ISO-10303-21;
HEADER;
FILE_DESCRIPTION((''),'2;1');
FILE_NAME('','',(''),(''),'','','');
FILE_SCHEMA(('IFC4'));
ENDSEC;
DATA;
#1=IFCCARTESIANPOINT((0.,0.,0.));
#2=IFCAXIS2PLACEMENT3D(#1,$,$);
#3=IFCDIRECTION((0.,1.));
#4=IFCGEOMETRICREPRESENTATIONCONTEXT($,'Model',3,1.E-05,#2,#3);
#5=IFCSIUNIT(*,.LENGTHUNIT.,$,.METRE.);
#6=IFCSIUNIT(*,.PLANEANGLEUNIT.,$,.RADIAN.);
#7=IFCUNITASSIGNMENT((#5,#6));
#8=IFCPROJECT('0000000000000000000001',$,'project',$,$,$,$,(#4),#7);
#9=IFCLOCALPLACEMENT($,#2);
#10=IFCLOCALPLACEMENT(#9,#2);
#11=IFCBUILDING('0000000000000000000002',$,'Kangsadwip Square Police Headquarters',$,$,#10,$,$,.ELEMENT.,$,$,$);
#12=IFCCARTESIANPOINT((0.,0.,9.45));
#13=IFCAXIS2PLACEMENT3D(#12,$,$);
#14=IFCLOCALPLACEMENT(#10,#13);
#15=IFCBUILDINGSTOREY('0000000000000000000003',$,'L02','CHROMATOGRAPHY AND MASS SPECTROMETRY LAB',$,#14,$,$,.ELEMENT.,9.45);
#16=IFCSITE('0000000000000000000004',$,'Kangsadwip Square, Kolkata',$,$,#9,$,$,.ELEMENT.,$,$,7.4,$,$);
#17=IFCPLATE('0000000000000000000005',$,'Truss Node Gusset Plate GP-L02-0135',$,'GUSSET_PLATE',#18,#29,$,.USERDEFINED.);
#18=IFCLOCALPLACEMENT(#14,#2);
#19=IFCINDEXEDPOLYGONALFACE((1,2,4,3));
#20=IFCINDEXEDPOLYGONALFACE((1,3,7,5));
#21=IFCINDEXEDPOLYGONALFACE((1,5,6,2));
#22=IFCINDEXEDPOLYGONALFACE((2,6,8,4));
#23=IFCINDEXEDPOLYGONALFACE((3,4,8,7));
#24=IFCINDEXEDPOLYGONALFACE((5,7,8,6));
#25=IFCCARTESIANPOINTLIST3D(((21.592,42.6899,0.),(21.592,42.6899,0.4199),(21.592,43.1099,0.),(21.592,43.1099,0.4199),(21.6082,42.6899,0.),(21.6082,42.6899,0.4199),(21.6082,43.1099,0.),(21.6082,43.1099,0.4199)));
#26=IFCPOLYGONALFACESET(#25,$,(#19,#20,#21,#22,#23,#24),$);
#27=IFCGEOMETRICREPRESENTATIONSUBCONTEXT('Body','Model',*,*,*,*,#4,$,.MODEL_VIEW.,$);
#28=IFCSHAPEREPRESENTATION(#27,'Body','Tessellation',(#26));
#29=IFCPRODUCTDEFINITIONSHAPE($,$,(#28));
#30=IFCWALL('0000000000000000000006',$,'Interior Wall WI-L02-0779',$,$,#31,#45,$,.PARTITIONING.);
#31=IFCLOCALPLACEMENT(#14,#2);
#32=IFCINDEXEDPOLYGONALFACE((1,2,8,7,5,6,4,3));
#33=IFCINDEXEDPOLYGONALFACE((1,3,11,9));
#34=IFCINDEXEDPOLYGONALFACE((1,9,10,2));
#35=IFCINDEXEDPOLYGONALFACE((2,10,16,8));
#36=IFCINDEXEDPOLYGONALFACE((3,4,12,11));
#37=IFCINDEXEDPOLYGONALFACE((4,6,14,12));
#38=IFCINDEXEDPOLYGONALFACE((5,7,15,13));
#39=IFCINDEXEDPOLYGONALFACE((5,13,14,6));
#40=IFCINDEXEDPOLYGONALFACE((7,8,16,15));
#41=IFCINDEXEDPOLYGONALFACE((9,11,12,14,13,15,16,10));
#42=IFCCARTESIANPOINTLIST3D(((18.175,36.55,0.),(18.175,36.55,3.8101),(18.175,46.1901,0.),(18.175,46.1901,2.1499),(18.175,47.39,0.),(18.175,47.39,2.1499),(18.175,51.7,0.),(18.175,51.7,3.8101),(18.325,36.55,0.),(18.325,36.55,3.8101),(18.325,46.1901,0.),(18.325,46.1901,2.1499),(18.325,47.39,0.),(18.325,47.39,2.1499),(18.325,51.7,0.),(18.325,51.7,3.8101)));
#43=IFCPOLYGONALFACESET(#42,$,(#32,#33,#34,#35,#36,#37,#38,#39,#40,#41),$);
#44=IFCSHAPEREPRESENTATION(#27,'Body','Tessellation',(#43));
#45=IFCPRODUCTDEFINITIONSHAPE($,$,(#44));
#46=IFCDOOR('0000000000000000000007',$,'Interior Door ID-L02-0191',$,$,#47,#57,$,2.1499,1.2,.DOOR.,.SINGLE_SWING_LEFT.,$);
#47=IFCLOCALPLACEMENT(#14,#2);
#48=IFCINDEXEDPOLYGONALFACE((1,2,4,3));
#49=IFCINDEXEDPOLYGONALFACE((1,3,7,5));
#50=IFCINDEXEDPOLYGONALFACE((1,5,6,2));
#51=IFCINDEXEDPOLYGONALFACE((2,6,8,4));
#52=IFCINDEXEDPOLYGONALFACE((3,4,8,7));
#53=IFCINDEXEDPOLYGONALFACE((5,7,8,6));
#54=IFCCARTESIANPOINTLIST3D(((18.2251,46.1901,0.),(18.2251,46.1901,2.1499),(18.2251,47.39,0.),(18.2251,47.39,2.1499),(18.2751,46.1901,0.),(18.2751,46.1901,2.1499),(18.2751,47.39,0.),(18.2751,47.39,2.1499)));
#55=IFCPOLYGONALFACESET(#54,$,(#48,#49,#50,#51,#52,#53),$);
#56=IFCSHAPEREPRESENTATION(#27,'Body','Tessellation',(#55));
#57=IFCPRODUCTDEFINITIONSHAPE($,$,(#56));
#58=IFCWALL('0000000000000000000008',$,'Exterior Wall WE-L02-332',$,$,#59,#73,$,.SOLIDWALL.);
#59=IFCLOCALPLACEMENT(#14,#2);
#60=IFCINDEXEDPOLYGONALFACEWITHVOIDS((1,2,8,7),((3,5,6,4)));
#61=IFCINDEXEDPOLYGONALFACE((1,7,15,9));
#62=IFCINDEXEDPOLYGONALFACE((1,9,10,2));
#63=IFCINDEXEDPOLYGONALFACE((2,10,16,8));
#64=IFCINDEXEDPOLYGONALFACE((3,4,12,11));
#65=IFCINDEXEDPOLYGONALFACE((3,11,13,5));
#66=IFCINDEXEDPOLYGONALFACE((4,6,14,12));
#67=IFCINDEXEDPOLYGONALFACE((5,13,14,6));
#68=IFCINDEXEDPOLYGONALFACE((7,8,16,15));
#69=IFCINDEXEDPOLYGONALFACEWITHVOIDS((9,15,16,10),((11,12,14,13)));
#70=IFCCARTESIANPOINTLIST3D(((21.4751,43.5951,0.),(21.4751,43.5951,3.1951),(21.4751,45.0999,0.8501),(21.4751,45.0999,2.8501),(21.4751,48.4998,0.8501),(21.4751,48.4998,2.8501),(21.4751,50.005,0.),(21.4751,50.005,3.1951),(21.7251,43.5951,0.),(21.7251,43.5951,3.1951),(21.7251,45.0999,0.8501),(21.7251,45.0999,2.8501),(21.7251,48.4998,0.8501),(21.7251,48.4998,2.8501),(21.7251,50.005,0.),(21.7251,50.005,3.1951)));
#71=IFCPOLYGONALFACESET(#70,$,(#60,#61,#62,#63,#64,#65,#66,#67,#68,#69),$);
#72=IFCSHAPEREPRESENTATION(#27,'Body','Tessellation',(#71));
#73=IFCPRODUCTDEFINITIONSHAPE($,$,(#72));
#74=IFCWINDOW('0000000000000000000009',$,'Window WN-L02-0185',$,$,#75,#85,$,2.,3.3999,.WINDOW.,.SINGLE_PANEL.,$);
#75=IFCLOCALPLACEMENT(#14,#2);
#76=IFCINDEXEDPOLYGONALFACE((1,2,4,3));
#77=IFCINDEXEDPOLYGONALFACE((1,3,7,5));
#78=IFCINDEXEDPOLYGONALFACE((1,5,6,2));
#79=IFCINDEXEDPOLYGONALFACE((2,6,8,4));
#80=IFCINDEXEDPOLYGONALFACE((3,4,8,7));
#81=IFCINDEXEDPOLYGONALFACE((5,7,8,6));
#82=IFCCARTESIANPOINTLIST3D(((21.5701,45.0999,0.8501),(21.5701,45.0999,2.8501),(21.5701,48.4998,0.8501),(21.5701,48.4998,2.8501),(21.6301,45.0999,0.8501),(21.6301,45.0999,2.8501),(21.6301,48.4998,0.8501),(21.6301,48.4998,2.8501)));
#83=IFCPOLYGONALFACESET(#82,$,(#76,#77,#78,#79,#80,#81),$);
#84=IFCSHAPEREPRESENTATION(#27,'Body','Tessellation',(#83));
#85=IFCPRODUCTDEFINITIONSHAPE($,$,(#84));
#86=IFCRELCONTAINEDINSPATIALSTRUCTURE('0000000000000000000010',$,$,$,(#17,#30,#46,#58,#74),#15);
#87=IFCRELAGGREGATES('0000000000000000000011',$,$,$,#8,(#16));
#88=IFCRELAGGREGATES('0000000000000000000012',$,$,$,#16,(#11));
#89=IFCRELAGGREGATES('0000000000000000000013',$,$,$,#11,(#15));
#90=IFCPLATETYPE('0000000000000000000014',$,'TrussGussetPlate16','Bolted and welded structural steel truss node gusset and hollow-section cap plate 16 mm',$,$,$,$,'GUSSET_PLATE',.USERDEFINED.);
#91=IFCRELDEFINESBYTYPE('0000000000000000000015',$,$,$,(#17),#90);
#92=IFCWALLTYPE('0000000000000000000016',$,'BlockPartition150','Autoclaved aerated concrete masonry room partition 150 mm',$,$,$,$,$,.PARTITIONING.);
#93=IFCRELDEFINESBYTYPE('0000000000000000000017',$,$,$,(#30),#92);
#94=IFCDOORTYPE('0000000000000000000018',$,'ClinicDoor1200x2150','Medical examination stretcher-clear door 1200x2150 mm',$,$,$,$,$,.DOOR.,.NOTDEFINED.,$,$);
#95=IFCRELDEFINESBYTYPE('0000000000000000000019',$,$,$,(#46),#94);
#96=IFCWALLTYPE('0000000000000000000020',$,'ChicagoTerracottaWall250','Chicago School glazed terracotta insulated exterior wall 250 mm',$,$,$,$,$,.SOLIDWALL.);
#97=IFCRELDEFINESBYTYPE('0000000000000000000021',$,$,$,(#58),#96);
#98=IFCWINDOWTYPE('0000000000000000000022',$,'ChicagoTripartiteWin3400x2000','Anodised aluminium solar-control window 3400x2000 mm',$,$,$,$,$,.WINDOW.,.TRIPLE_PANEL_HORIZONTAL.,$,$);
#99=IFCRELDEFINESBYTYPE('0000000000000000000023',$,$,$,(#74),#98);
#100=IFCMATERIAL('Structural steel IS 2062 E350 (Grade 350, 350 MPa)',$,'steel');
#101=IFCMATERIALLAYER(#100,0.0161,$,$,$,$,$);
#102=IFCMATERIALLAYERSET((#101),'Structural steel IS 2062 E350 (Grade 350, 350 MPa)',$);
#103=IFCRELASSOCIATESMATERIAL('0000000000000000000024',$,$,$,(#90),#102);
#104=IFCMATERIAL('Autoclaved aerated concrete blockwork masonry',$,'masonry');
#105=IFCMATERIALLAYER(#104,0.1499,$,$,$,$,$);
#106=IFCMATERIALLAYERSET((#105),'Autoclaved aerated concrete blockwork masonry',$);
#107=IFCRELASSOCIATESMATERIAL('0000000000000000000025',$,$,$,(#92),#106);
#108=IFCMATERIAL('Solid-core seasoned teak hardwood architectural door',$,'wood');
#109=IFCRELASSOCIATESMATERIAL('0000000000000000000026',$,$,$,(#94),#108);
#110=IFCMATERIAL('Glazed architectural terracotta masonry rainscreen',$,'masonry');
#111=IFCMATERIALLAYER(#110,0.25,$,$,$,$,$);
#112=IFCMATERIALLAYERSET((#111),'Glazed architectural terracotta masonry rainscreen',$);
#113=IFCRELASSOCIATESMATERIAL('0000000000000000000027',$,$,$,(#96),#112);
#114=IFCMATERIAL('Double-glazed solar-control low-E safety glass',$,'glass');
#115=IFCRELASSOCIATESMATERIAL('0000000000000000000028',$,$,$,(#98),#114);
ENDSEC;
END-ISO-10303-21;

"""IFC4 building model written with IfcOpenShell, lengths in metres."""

from ifc_helpers import new_model, si_unit, direction, frame, frame_2d, origin, origin_2d, place, context, subcontext, project, spatial, rectangle, extrude, material, layer, layer_set, type_object, element, fill, save


model = new_model("IFC4")

# Units and contexts
model_context = context("Model", 3, precision=1e-05, world=origin(), true_north=direction((0.0, 1.0)))
body_context = subcontext(model_context, "Body", "Model", "MODEL_VIEW")
ifc_project = project(units=[si_unit("LENGTHUNIT", "METRE"), si_unit("PLANEANGLEUNIT", "RADIAN")], contexts=[model_context])

# Site, building, storey
site_placement = place(None, origin())
site = spatial("IfcSite", under=ifc_project, at=site_placement, Name="Kangsadwip Square, Kolkata", CompositionType="ELEMENT", RefElevation=7.4)
building_placement = place(site_placement, origin())
building = spatial("IfcBuilding", under=site, at=building_placement, Name="Kangsadwip Square Police Headquarters", CompositionType="ELEMENT")
storey_placement = place(building_placement, frame((0.0, 0.0, 9.45)))
storey = spatial("IfcBuildingStorey", under=building, at=storey_placement, Name="L02", Description="CHROMATOGRAPHY AND MASS SPECTROMETRY LAB", CompositionType="ELEMENT", Elevation=9.45)

# Plate
ifc_material_1 = material(Name="Structural steel IS 2062 E350 (Grade 350, 350 MPa)", Category="steel")
ifc_layer_1 = layer(ifc_material_1, 0.0161)
ifc_layer_set_1 = layer_set([ifc_layer_1], Name="Structural steel IS 2062 E350 (Grade 350, 350 MPa)")
plate_type = type_object("IfcPlateType", Name="TrussGussetPlate16", Description="Bolted and welded structural steel truss node gusset and hollow-section cap plate 16 mm", ElementType="GUSSET_PLATE", PredefinedType="USERDEFINED", material=ifc_layer_set_1)
for number, where, z_axis, x_axis, name in (
    (1, (21.6001, 42.8999, 0.0), (0.0, 0.0, 1.0), (0.0, 1.0, 0.0), "Truss Node Gusset Plate GP-L02-0135"),
):
    element("IfcPlate", number, at=place(storey_placement, frame(where, z_axis=z_axis, x_axis=x_axis)), inside=storey, type_object=plate_type, Name=name, ObjectType="GUSSET_PLATE", PredefinedType="USERDEFINED", context=body_context, shape_type="SweptSolid", body=[
        extrude(rectangle(XDim=0.4199, YDim=0.0161, at=origin_2d()), origin(), (0.0, 0.0, 1.0), 0.4199),
    ])

# Wall, opening, door
ifc_material_2 = material(Name="Autoclaved aerated concrete blockwork masonry", Category="masonry")
ifc_layer_2 = layer(ifc_material_2, 0.1499)
ifc_layer_set_2 = layer_set([ifc_layer_2], Name="Autoclaved aerated concrete blockwork masonry")
wall_type_1 = type_object("IfcWallType", Name="BlockPartition150", Description="Autoclaved aerated concrete masonry room partition 150 mm", PredefinedType="PARTITIONING", material=ifc_layer_set_2)
wall_1_placement = place(storey_placement, frame((18.25, 36.55, 0.0), z_axis=(0.0, 0.0, 1.0), x_axis=(0.0, 1.0, 0.0)))
wall_1 = element("IfcWall", 2, at=wall_1_placement, inside=storey, type_object=wall_type_1, Name="Interior Wall WI-L02-0779", PredefinedType="PARTITIONING", context=body_context, shape_type="SweptSolid", body=[
    extrude(rectangle(XDim=15.1499, YDim=0.1499, at=frame_2d((7.575, 0.0))), origin(), (0.0, 0.0, 1.0), 3.8101),
])
opening_1_placement = place(wall_1_placement, frame((9.6399, 0.0, 0.0)))
opening_1 = element("IfcOpeningElement", 3, at=opening_1_placement, cuts=wall_1, PredefinedType="OPENING", context=body_context, shape_type="SweptSolid", body=[
    extrude(rectangle(XDim=1.2, YDim=2.1499, at=frame_2d((0.6001, 1.075))), frame((0.0, 0.085, 0.0), z_axis=(0.0, -1.0, 0.0), x_axis=(1.0, 0.0, 0.0)), (0.0, 0.0, 1.0), 0.1699),
])
ifc_material_3 = material(Name="Solid-core seasoned teak hardwood architectural door", Category="wood")
door_type = type_object("IfcDoorType", Name="ClinicDoor1200x2150", Description="Medical examination stretcher-clear door 1200x2150 mm", OperationType="NOTDEFINED", PredefinedType="DOOR", material=ifc_material_3)
door_placement = place(opening_1_placement, origin())
door = element("IfcDoor", 4, at=door_placement, inside=storey, type_object=door_type, Name="Interior Door ID-L02-0191", OperationType="SINGLE_SWING_LEFT", OverallHeight=2.1499, OverallWidth=1.2, PredefinedType="DOOR", context=body_context, shape_type="SweptSolid", body=[
    extrude(rectangle(XDim=1.2, YDim=2.1499, at=frame_2d((0.6001, 1.075))), frame((0.0, 0.0249, 0.0), z_axis=(0.0, -1.0, 0.0), x_axis=(1.0, 0.0, 0.0)), (0.0, 0.0, 1.0), 0.05),
])
fill(opening_1, door)

# Wall, opening, window
ifc_material_4 = material(Name="Glazed architectural terracotta masonry rainscreen", Category="masonry")
ifc_layer_3 = layer(ifc_material_4, 0.25)
ifc_layer_set_3 = layer_set([ifc_layer_3], Name="Glazed architectural terracotta masonry rainscreen")
wall_type_2 = type_object("IfcWallType", Name="ChicagoTerracottaWall250", Description="Chicago School glazed terracotta insulated exterior wall 250 mm", PredefinedType="SOLIDWALL", material=ifc_layer_set_3)
wall_2_placement = place(storey_placement, frame((21.6001, 43.595, 0.0), z_axis=(0.0, 0.0, 1.0), x_axis=(0.0, 1.0, 0.0)))
wall_2 = element("IfcWall", 5, at=wall_2_placement, inside=storey, type_object=wall_type_2, Name="Exterior Wall WE-L02-332", PredefinedType="SOLIDWALL", context=body_context, shape_type="SweptSolid", body=[
    extrude(rectangle(XDim=6.4099, YDim=0.25, at=frame_2d((3.2051, 0.0))), origin(), (0.0, 0.0, 1.0), 3.1951),
])
opening_2_placement = place(wall_2_placement, frame((1.5049, 0.0, 0.8501)))
opening_2 = element("IfcOpeningElement", 6, at=opening_2_placement, cuts=wall_2, PredefinedType="OPENING", context=body_context, shape_type="SweptSolid", body=[
    extrude(rectangle(XDim=3.3999, YDim=2.0, at=frame_2d((1.7, 1.0))), frame((0.0, 0.135, 0.0), z_axis=(0.0, -1.0, 0.0), x_axis=(1.0, 0.0, 0.0)), (0.0, 0.0, 1.0), 0.27),
])
ifc_material_5 = material(Name="Double-glazed solar-control low-E safety glass", Category="glass")
window_type = type_object("IfcWindowType", Name="ChicagoTripartiteWin3400x2000", Description="Anodised aluminium solar-control window 3400x2000 mm", PartitioningType="TRIPLE_PANEL_HORIZONTAL", PredefinedType="WINDOW", material=ifc_material_5)
window_placement = place(opening_2_placement, origin())
window = element("IfcWindow", 7, at=window_placement, inside=storey, type_object=window_type, Name="Window WN-L02-0185", OverallHeight=2.0, OverallWidth=3.3999, PartitioningType="SINGLE_PANEL", PredefinedType="WINDOW", context=body_context, shape_type="SweptSolid", body=[
    extrude(rectangle(XDim=3.3999, YDim=2.0, at=frame_2d((1.7, 1.0))), frame((0.0, 0.03, 0.0), z_axis=(0.0, -1.0, 0.0), x_axis=(1.0, 0.0, 0.0)), (0.0, 0.0, 1.0), 0.0601),
])
fill(opening_2, window)

save(model, "model.ifc")
